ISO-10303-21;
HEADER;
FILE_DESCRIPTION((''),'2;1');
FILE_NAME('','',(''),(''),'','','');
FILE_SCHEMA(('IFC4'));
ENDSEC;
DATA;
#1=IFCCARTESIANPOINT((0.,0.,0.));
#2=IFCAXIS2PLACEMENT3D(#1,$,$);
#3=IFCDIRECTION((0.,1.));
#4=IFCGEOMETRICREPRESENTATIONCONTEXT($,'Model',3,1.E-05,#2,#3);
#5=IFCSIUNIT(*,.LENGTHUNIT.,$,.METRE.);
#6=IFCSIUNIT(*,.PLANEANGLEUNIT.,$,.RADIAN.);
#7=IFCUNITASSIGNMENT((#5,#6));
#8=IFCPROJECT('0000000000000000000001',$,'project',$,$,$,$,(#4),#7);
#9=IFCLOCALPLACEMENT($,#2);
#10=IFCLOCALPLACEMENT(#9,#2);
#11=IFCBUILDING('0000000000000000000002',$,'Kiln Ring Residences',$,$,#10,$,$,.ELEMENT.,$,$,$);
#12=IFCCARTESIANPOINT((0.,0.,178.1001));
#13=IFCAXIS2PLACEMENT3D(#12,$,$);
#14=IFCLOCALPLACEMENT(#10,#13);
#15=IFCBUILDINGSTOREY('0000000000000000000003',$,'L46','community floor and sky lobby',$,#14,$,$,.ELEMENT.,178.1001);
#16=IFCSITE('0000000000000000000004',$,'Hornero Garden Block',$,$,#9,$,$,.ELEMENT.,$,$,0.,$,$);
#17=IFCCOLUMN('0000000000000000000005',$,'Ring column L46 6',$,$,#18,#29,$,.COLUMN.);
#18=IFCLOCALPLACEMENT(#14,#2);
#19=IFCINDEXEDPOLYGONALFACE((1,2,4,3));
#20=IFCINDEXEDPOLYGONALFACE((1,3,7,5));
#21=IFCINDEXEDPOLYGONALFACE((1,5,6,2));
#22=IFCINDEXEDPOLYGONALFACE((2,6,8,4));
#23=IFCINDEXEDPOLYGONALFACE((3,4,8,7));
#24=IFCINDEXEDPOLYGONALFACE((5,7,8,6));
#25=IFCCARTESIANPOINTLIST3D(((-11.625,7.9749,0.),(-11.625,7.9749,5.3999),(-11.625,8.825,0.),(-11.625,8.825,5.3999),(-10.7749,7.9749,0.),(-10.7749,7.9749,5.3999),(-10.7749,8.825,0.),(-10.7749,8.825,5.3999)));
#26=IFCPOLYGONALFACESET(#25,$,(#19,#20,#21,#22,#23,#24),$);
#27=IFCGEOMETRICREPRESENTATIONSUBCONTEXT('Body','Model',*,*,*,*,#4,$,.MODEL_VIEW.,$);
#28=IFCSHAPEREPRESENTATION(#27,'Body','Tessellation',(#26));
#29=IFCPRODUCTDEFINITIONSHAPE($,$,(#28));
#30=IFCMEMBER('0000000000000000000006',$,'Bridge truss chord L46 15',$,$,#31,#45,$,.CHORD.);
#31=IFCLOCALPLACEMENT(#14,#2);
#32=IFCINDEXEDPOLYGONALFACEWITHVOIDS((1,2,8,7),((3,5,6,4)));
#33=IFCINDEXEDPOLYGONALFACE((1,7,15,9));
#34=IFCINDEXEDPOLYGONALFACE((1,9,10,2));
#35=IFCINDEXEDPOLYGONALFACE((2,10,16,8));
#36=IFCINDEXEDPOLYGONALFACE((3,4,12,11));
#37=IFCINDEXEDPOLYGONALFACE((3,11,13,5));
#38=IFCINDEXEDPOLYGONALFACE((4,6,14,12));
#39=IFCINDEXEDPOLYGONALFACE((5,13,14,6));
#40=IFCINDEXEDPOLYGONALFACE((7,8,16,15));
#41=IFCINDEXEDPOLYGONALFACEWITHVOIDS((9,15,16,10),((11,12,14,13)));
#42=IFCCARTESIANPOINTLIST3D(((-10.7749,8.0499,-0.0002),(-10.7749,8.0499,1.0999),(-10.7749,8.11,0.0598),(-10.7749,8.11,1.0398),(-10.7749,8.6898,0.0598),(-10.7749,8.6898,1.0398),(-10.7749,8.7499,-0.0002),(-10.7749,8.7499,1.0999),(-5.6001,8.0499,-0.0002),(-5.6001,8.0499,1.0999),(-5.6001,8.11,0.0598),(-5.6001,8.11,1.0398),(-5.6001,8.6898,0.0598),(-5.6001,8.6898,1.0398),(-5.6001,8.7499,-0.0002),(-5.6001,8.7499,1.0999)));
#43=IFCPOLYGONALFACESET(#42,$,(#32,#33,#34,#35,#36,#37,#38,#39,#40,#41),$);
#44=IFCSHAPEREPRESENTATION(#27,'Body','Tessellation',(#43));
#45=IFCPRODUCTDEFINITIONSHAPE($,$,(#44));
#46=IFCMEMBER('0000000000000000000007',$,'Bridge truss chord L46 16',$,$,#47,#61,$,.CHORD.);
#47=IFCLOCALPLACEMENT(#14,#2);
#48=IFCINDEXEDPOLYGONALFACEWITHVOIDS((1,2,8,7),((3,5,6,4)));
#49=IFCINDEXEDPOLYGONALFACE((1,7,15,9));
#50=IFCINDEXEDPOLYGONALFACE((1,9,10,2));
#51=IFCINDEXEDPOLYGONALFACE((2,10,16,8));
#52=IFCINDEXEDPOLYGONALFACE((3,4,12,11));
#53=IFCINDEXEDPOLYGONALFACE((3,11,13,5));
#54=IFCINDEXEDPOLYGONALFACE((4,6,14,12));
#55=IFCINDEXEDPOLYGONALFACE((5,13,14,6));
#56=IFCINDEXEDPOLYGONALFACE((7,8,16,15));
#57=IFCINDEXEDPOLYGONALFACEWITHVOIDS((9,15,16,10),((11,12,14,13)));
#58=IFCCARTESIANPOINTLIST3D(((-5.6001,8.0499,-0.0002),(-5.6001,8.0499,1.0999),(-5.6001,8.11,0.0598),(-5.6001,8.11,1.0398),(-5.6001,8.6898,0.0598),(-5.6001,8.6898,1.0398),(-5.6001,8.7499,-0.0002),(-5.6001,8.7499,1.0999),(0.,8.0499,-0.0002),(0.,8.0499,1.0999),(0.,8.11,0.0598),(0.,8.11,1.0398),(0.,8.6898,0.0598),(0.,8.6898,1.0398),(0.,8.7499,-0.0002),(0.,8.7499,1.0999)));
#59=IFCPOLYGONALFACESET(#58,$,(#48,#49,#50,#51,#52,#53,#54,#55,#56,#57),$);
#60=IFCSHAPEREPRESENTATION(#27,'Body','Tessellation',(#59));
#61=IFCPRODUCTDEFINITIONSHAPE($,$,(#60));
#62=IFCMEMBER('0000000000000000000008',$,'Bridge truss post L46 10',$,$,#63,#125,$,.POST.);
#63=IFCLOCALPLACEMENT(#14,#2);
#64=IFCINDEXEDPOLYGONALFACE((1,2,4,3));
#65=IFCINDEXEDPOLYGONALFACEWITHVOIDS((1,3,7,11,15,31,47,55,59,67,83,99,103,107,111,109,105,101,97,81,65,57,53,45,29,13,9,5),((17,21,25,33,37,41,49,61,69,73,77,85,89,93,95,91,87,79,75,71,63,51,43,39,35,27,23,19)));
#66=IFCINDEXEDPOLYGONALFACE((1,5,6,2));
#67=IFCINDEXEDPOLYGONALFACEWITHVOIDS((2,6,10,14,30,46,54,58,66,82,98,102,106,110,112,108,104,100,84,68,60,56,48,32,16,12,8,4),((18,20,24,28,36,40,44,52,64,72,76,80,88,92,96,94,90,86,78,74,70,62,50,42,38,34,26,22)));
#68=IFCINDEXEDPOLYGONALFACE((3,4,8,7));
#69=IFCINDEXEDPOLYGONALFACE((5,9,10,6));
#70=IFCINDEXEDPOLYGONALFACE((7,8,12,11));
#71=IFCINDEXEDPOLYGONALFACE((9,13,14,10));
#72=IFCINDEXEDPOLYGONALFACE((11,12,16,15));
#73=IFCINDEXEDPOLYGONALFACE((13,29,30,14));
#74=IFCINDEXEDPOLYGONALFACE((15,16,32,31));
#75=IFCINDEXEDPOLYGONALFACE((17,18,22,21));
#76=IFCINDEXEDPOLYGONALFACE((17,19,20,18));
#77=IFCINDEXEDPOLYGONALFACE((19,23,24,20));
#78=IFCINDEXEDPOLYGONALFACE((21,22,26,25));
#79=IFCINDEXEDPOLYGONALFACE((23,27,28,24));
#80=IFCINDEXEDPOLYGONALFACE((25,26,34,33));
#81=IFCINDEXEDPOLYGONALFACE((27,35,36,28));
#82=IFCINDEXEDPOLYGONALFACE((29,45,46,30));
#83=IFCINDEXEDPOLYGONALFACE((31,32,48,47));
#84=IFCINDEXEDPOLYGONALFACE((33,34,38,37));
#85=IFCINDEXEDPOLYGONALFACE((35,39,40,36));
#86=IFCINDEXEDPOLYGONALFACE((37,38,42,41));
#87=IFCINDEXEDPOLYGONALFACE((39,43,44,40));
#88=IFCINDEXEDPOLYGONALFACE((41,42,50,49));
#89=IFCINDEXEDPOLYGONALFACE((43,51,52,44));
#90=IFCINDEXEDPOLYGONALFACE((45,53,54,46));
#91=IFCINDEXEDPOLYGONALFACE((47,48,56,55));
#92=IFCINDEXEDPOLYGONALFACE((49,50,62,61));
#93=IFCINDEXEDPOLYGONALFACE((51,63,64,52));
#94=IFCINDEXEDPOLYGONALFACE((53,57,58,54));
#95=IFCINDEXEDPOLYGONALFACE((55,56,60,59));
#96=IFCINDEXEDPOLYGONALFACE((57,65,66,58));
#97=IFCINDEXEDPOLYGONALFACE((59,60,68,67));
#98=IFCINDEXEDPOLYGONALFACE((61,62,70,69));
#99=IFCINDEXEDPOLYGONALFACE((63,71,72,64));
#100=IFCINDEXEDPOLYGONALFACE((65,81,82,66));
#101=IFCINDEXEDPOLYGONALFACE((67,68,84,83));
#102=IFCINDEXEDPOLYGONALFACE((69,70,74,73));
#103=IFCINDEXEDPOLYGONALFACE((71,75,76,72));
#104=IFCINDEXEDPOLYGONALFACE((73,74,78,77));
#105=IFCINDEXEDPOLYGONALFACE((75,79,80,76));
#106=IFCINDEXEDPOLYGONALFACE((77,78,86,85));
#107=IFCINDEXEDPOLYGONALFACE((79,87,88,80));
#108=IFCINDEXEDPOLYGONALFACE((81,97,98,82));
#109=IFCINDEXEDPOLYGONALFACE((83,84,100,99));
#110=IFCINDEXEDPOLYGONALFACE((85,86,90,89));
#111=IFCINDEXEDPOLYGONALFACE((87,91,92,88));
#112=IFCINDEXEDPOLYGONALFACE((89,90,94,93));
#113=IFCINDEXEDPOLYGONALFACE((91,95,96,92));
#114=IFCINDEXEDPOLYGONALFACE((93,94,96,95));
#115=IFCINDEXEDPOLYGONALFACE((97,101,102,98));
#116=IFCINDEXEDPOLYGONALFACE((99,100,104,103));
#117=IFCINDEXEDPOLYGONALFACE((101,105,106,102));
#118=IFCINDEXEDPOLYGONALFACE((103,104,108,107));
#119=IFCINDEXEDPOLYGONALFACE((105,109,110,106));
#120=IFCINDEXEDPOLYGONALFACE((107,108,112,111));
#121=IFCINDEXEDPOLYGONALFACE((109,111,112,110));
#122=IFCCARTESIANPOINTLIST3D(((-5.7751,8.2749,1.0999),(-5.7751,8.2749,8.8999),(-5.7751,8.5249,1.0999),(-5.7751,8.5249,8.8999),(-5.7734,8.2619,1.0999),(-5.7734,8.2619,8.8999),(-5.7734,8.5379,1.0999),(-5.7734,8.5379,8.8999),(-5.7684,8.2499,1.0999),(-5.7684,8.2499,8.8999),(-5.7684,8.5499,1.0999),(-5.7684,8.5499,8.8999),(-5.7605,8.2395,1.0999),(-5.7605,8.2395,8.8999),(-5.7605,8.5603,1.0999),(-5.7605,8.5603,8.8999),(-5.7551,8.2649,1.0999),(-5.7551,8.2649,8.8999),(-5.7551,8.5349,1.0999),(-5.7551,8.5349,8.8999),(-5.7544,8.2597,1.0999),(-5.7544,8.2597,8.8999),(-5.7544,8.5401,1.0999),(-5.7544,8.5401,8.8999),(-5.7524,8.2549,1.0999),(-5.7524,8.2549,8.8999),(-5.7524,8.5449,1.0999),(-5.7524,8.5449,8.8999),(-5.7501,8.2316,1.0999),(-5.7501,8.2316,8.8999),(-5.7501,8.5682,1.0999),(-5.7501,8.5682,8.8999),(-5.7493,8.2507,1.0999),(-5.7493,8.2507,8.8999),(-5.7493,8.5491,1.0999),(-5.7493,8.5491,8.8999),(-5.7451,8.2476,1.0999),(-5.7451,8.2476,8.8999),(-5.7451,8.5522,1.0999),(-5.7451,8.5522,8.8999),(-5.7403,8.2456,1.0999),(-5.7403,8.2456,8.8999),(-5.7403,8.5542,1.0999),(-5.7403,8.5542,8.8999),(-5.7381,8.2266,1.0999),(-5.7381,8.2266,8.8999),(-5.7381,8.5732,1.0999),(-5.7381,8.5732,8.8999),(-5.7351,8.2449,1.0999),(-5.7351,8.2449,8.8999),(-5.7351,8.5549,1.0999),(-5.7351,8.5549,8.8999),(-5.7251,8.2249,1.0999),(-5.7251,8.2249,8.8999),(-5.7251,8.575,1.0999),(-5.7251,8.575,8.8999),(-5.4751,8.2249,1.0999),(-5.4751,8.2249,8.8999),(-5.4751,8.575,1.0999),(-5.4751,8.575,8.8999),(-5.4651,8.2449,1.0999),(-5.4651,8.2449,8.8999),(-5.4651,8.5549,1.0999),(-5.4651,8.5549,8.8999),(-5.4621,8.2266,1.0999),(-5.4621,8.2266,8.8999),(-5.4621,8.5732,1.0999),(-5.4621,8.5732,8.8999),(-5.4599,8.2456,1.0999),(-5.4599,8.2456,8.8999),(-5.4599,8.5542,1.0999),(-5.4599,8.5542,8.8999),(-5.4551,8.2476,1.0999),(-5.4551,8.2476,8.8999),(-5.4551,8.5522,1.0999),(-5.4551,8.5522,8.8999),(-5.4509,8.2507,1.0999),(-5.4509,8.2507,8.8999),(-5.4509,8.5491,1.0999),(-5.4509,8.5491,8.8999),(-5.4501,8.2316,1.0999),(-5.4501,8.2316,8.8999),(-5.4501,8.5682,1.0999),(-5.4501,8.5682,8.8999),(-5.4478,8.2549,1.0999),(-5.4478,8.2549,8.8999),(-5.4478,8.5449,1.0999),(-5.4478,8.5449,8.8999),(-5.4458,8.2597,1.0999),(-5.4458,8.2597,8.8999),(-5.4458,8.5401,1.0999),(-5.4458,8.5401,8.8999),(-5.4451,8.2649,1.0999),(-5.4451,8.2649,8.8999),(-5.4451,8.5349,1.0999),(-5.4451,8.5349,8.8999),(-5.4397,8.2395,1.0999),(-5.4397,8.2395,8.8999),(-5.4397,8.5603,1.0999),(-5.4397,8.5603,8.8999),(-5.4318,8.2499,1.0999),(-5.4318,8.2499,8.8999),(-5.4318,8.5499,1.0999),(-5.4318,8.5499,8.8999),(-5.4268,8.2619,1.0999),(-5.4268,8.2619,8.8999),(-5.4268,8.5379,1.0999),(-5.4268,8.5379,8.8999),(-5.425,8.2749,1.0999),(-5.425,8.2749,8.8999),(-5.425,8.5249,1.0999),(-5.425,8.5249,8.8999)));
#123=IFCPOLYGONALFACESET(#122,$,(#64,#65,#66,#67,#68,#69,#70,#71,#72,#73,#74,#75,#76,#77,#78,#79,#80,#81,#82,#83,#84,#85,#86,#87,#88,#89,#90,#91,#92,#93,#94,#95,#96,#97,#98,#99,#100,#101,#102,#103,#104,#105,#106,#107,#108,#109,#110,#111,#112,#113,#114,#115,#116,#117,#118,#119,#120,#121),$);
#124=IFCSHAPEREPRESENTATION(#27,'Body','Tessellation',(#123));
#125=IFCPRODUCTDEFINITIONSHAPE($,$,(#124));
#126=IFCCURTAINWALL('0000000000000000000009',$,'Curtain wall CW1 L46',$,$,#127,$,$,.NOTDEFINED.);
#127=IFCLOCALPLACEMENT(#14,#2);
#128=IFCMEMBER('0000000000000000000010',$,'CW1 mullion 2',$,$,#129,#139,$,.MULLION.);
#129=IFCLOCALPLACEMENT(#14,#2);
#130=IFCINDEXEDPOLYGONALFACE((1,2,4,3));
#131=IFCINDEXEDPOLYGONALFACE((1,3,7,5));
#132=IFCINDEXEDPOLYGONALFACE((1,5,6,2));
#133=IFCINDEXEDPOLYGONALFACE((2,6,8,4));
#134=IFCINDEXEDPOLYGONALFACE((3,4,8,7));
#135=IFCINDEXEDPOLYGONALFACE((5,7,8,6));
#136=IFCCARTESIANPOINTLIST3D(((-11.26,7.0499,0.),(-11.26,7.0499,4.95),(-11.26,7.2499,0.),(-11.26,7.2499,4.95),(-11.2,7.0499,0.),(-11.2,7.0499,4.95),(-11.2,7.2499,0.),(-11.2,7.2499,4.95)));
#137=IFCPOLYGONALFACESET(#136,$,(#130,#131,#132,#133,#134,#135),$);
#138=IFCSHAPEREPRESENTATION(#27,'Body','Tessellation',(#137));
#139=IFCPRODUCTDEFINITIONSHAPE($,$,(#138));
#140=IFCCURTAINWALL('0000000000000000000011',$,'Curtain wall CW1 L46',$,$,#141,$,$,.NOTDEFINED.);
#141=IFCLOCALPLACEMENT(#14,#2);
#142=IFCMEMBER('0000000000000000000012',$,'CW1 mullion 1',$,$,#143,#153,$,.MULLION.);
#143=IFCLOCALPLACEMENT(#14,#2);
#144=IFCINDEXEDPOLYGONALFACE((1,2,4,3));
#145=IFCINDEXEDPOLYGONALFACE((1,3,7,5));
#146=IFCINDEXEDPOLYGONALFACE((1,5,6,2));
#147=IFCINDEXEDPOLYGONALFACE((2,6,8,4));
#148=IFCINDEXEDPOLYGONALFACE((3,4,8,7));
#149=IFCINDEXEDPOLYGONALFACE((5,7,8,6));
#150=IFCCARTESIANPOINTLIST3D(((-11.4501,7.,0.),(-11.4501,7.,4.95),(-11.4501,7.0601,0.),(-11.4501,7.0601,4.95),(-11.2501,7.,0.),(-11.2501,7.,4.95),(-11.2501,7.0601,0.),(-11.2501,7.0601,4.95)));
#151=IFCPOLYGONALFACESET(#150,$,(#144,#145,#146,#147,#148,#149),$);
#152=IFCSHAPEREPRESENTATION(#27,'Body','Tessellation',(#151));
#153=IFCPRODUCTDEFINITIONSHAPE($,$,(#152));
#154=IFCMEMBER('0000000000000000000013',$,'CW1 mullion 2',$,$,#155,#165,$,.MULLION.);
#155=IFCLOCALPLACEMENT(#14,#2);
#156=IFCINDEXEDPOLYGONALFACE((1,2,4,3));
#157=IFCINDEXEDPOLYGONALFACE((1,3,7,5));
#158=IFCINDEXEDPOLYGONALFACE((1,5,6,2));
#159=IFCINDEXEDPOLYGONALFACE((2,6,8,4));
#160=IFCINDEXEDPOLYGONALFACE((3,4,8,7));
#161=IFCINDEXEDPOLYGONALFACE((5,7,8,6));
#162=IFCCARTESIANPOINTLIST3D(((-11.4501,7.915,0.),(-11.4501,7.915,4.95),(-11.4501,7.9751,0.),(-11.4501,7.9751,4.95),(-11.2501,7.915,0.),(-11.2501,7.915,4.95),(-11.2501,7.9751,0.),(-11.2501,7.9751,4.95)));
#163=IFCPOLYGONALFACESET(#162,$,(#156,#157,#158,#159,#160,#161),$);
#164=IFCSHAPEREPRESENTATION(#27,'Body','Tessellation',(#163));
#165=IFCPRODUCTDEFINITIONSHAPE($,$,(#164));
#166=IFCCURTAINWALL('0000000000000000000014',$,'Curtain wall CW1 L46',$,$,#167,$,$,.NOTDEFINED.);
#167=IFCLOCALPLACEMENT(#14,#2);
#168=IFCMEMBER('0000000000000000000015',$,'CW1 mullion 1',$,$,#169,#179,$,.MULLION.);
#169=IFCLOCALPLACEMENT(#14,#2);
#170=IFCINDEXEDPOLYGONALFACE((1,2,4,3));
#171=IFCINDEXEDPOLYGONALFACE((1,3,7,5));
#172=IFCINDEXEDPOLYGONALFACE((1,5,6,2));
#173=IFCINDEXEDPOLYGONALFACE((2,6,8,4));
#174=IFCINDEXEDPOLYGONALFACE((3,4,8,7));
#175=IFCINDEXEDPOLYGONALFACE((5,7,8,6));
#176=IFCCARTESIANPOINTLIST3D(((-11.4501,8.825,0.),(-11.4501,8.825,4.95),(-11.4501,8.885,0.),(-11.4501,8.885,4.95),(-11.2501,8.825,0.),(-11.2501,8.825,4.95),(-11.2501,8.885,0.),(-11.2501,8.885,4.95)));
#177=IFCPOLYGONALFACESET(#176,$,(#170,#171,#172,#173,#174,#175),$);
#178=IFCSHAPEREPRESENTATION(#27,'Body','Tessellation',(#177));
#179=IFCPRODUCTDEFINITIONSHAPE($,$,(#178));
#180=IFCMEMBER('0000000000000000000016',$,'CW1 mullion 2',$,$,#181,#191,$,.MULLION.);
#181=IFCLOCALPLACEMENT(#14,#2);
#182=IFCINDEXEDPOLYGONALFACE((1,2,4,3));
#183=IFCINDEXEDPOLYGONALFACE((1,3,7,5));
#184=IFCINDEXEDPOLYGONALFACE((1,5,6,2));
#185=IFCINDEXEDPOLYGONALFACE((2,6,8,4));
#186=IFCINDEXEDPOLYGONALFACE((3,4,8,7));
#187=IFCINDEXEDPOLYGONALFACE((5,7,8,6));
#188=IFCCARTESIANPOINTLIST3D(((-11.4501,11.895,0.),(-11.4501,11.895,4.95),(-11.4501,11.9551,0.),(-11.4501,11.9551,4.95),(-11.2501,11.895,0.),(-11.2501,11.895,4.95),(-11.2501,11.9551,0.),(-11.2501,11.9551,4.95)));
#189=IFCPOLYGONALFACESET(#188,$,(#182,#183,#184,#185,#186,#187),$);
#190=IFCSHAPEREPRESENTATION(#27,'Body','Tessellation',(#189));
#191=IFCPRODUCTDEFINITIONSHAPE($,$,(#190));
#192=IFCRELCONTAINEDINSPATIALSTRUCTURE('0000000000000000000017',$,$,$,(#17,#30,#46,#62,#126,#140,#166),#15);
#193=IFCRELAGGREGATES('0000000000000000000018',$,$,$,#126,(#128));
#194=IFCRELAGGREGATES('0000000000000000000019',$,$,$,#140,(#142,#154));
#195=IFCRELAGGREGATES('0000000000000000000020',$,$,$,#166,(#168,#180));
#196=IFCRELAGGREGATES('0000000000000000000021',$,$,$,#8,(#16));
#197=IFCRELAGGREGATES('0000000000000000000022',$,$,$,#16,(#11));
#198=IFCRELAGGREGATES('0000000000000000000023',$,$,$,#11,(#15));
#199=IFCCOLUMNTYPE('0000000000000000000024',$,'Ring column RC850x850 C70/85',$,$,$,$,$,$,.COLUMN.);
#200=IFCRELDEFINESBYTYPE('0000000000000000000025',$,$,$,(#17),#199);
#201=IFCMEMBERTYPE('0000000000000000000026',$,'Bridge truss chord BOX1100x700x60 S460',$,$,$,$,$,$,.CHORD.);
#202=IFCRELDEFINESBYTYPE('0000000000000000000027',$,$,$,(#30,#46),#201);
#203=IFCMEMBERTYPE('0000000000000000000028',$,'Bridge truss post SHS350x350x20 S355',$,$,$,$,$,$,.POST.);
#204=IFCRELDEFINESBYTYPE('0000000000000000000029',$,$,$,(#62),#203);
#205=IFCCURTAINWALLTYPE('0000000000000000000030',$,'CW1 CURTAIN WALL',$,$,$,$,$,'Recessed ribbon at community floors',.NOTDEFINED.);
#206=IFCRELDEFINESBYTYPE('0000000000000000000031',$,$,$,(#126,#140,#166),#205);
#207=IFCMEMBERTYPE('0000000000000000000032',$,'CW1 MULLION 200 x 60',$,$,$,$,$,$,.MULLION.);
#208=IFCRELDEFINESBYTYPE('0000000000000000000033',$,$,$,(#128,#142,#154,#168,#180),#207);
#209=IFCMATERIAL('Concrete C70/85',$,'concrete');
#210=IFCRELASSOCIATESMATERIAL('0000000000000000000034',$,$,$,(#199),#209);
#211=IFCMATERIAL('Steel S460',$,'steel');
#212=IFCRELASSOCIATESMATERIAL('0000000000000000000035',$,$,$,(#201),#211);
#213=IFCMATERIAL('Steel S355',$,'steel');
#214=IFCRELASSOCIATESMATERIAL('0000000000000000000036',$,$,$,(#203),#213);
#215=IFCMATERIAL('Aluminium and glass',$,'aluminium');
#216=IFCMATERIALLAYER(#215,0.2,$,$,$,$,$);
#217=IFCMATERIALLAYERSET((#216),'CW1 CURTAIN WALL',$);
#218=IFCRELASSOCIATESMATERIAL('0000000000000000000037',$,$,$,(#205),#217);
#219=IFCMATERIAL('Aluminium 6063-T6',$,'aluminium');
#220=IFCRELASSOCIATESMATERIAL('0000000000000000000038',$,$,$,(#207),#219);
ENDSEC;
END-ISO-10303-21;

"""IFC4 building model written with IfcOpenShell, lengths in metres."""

from ifc_helpers import new_model, si_unit, direction, frame, origin, origin_2d, place, context, subcontext, project, spatial, rectangle, hollow_rectangle, extrude, material, layer, layer_set, material_profile, profile_set, type_object, element, aggregate, save


model = new_model("IFC4")

# Units and contexts
model_context = context("Model", 3, precision=1e-05, world=origin(), true_north=direction((0.0, 1.0)))
body_context = subcontext(model_context, "Body", "Model", "MODEL_VIEW")
ifc_project = project(units=[si_unit("LENGTHUNIT", "METRE"), si_unit("PLANEANGLEUNIT", "RADIAN")], contexts=[model_context])

# Site, building, storey
site_placement = place(None, origin())
site = spatial("IfcSite", under=ifc_project, at=site_placement, Name="Hornero Garden Block", CompositionType="ELEMENT", RefElevation=0.0)
building_placement = place(site_placement, origin())
building = spatial("IfcBuilding", under=site, at=building_placement, Name="Kiln Ring Residences", CompositionType="ELEMENT")
storey_placement = place(building_placement, frame((0.0, 0.0, 178.1001)))
storey = spatial("IfcBuildingStorey", under=building, at=storey_placement, Name="L46", Description="community floor and sky lobby", CompositionType="ELEMENT", Elevation=178.1001)

# Column
ifc_material_1 = material(Name="Concrete C70/85", Category="concrete")
ifc_material_profile_1 = material_profile(ifc_material_1, rectangle(XDim=0.8501, YDim=0.8501, at=origin_2d()), Name="RC850x850")
ifc_profile_set_1 = profile_set([ifc_material_profile_1], Name="Concrete C70/85")
column_type = type_object("IfcColumnType", Name="Ring column RC850x850 C70/85", PredefinedType="COLUMN", material=ifc_profile_set_1)
column_placement = place(storey_placement, frame((-11.2, 8.3999, 0.0), z_axis=(0.0, 0.0, 1.0), x_axis=(1.0, 0.0, 0.0)))
element("IfcColumn", 1, at=column_placement, inside=storey, type_object=column_type, Name="Ring column L46 6", PredefinedType="COLUMN", context=body_context, shape_type="SweptSolid", body=[
    extrude(rectangle(XDim=0.8501, YDim=0.8501, at=origin_2d()), origin(), (0.0, 0.0, 1.0), 5.3999),
])

# Members
ifc_material_2 = material(Name="Steel S460", Category="steel")
ifc_material_profile_2 = material_profile(ifc_material_2, hollow_rectangle(XDim=0.7, YDim=1.1001, WallThickness=0.0601, at=origin_2d()), Name="BOX1100x700x60")
ifc_profile_set_2 = profile_set([ifc_material_profile_2], Name="Steel S460")
member_type_1 = type_object("IfcMemberType", Name="Bridge truss chord BOX1100x700x60 S460", PredefinedType="CHORD", material=ifc_profile_set_2)
member_1_placement = place(storey_placement, frame((-10.7749, 8.3999, 0.5498), z_axis=(1.0, 0.0, 0.0), x_axis=(0.0, 1.0, 0.0)))
element("IfcMember", 2, at=member_1_placement, inside=storey, type_object=member_type_1, Name="Bridge truss chord L46 15", PredefinedType="CHORD", context=body_context, shape_type="SweptSolid", body=[
    extrude(hollow_rectangle(XDim=0.7, YDim=1.1001, WallThickness=0.0601, at=origin_2d()), origin(), (0.0, 0.0, 1.0), 5.1748),
])
member_2_placement = place(storey_placement, frame((-5.6001, 8.3999, 0.5498), z_axis=(1.0, 0.0, 0.0), x_axis=(0.0, 1.0, 0.0)))
element("IfcMember", 3, at=member_2_placement, inside=storey, type_object=member_type_1, Name="Bridge truss chord L46 16", PredefinedType="CHORD", context=body_context, shape_type="SweptSolid", body=[
    extrude(hollow_rectangle(XDim=0.7, YDim=1.1001, WallThickness=0.0601, at=origin_2d()), origin(), (0.0, 0.0, 1.0), 5.6001),
])
ifc_material_3 = material(Name="Steel S355", Category="steel")
ifc_material_profile_3 = material_profile(ifc_material_3, hollow_rectangle(XDim=0.3501, YDim=0.3501, WallThickness=0.02, InnerFilletRadius=0.02, OuterFilletRadius=0.05, at=origin_2d()), Name="SHS350x350x20")
ifc_profile_set_3 = profile_set([ifc_material_profile_3], Name="Steel S355")
member_type_2 = type_object("IfcMemberType", Name="Bridge truss post SHS350x350x20 S355", PredefinedType="POST", material=ifc_profile_set_3)
member_3_placement = place(storey_placement, frame((-5.6001, 8.3999, 1.0999), z_axis=(0.0, 0.0, 1.0), x_axis=(1.0, 0.0, 0.0)))
element("IfcMember", 4, at=member_3_placement, inside=storey, type_object=member_type_2, Name="Bridge truss post L46 10", PredefinedType="POST", context=body_context, shape_type="SweptSolid", body=[
    extrude(hollow_rectangle(XDim=0.3501, YDim=0.3501, WallThickness=0.02, InnerFilletRadius=0.02, OuterFilletRadius=0.05, at=origin_2d()), origin(), (0.0, 0.0, 1.0), 7.8),
])

# Curtain wall, member
ifc_material_4 = material(Name="Aluminium and glass", Category="aluminium")
ifc_layer_1 = layer(ifc_material_4, 0.2)
ifc_layer_set_1 = layer_set([ifc_layer_1], Name="CW1 CURTAIN WALL")
curtain_wall_type = type_object("IfcCurtainWallType", Name="CW1 CURTAIN WALL", ElementType="Recessed ribbon at community floors", PredefinedType="NOTDEFINED", material=ifc_layer_set_1)
placement_1 = place(storey_placement, origin())
curtain_wall_1 = element("IfcCurtainWall", 5, at=placement_1, inside=storey, type_object=curtain_wall_type, Name="Curtain wall CW1 L46", PredefinedType="NOTDEFINED")
ifc_material_5 = material(Name="Aluminium 6063-T6", Category="aluminium")
ifc_material_profile_4 = material_profile(ifc_material_5, rectangle(XDim=0.2, YDim=0.0601, at=origin_2d()), Name="AL 200x60")
ifc_profile_set_4 = profile_set([ifc_material_profile_4], Name="Aluminium 6063-T6")
member_type_3 = type_object("IfcMemberType", Name="CW1 MULLION 200 x 60", PredefinedType="MULLION", material=ifc_profile_set_4)
member_4_placement = place(storey_placement, frame((-11.23, 7.1499, 0.0), z_axis=(0.0, 0.0, 1.0), x_axis=(0.0, 1.0, 0.0)))
member_4 = element("IfcMember", 6, at=member_4_placement, type_object=member_type_3, Name="CW1 mullion 2", PredefinedType="MULLION", context=body_context, shape_type="SweptSolid", body=[
    extrude(rectangle(XDim=0.2, YDim=0.0601, at=origin_2d()), origin(), (0.0, 0.0, 1.0), 4.95),
])

# Curtain walls, members
curtain_wall_2 = element("IfcCurtainWall", 7, at=placement_1, inside=storey, type_object=curtain_wall_type, Name="Curtain wall CW1 L46", PredefinedType="NOTDEFINED")
member_5_placement = place(storey_placement, frame((-11.3501, 7.03, 0.0), z_axis=(0.0, 0.0, 1.0), x_axis=(-1.0, 0.0, 0.0)))
member_5 = element("IfcMember", 8, at=member_5_placement, type_object=member_type_3, Name="CW1 mullion 1", PredefinedType="MULLION", context=body_context, shape_type="SweptSolid", body=[
    extrude(rectangle(XDim=0.2, YDim=0.0601, at=origin_2d()), origin(), (0.0, 0.0, 1.0), 4.95),
])
member_6_placement = place(storey_placement, frame((-11.3501, 7.9451, 0.0), z_axis=(0.0, 0.0, 1.0), x_axis=(-1.0, 0.0, 0.0)))
member_6 = element("IfcMember", 9, at=member_6_placement, type_object=member_type_3, Name="CW1 mullion 2", PredefinedType="MULLION", context=body_context, shape_type="SweptSolid", body=[
    extrude(rectangle(XDim=0.2, YDim=0.0601, at=origin_2d()), origin(), (0.0, 0.0, 1.0), 4.95),
])
curtain_wall_3 = element("IfcCurtainWall", 10, at=placement_1, inside=storey, type_object=curtain_wall_type, Name="Curtain wall CW1 L46", PredefinedType="NOTDEFINED")
member_7_placement = place(storey_placement, frame((-11.3501, 8.855, 0.0), z_axis=(0.0, 0.0, 1.0), x_axis=(-1.0, 0.0, 0.0)))
member_7 = element("IfcMember", 11, at=member_7_placement, type_object=member_type_3, Name="CW1 mullion 1", PredefinedType="MULLION", context=body_context, shape_type="SweptSolid", body=[
    extrude(rectangle(XDim=0.2, YDim=0.0601, at=origin_2d()), origin(), (0.0, 0.0, 1.0), 4.95),
])
member_8_placement = place(storey_placement, frame((-11.3501, 11.925, 0.0), z_axis=(0.0, 0.0, 1.0), x_axis=(-1.0, 0.0, 0.0)))
member_8 = element("IfcMember", 12, at=member_8_placement, type_object=member_type_3, Name="CW1 mullion 2", PredefinedType="MULLION", context=body_context, shape_type="SweptSolid", body=[
    extrude(rectangle(XDim=0.2, YDim=0.0601, at=origin_2d()), origin(), (0.0, 0.0, 1.0), 4.95),
])

aggregate(curtain_wall_1, [member_4])
aggregate(curtain_wall_2, [member_5, member_6])
aggregate(curtain_wall_3, [member_7, member_8])

save(model, "model.ifc")
